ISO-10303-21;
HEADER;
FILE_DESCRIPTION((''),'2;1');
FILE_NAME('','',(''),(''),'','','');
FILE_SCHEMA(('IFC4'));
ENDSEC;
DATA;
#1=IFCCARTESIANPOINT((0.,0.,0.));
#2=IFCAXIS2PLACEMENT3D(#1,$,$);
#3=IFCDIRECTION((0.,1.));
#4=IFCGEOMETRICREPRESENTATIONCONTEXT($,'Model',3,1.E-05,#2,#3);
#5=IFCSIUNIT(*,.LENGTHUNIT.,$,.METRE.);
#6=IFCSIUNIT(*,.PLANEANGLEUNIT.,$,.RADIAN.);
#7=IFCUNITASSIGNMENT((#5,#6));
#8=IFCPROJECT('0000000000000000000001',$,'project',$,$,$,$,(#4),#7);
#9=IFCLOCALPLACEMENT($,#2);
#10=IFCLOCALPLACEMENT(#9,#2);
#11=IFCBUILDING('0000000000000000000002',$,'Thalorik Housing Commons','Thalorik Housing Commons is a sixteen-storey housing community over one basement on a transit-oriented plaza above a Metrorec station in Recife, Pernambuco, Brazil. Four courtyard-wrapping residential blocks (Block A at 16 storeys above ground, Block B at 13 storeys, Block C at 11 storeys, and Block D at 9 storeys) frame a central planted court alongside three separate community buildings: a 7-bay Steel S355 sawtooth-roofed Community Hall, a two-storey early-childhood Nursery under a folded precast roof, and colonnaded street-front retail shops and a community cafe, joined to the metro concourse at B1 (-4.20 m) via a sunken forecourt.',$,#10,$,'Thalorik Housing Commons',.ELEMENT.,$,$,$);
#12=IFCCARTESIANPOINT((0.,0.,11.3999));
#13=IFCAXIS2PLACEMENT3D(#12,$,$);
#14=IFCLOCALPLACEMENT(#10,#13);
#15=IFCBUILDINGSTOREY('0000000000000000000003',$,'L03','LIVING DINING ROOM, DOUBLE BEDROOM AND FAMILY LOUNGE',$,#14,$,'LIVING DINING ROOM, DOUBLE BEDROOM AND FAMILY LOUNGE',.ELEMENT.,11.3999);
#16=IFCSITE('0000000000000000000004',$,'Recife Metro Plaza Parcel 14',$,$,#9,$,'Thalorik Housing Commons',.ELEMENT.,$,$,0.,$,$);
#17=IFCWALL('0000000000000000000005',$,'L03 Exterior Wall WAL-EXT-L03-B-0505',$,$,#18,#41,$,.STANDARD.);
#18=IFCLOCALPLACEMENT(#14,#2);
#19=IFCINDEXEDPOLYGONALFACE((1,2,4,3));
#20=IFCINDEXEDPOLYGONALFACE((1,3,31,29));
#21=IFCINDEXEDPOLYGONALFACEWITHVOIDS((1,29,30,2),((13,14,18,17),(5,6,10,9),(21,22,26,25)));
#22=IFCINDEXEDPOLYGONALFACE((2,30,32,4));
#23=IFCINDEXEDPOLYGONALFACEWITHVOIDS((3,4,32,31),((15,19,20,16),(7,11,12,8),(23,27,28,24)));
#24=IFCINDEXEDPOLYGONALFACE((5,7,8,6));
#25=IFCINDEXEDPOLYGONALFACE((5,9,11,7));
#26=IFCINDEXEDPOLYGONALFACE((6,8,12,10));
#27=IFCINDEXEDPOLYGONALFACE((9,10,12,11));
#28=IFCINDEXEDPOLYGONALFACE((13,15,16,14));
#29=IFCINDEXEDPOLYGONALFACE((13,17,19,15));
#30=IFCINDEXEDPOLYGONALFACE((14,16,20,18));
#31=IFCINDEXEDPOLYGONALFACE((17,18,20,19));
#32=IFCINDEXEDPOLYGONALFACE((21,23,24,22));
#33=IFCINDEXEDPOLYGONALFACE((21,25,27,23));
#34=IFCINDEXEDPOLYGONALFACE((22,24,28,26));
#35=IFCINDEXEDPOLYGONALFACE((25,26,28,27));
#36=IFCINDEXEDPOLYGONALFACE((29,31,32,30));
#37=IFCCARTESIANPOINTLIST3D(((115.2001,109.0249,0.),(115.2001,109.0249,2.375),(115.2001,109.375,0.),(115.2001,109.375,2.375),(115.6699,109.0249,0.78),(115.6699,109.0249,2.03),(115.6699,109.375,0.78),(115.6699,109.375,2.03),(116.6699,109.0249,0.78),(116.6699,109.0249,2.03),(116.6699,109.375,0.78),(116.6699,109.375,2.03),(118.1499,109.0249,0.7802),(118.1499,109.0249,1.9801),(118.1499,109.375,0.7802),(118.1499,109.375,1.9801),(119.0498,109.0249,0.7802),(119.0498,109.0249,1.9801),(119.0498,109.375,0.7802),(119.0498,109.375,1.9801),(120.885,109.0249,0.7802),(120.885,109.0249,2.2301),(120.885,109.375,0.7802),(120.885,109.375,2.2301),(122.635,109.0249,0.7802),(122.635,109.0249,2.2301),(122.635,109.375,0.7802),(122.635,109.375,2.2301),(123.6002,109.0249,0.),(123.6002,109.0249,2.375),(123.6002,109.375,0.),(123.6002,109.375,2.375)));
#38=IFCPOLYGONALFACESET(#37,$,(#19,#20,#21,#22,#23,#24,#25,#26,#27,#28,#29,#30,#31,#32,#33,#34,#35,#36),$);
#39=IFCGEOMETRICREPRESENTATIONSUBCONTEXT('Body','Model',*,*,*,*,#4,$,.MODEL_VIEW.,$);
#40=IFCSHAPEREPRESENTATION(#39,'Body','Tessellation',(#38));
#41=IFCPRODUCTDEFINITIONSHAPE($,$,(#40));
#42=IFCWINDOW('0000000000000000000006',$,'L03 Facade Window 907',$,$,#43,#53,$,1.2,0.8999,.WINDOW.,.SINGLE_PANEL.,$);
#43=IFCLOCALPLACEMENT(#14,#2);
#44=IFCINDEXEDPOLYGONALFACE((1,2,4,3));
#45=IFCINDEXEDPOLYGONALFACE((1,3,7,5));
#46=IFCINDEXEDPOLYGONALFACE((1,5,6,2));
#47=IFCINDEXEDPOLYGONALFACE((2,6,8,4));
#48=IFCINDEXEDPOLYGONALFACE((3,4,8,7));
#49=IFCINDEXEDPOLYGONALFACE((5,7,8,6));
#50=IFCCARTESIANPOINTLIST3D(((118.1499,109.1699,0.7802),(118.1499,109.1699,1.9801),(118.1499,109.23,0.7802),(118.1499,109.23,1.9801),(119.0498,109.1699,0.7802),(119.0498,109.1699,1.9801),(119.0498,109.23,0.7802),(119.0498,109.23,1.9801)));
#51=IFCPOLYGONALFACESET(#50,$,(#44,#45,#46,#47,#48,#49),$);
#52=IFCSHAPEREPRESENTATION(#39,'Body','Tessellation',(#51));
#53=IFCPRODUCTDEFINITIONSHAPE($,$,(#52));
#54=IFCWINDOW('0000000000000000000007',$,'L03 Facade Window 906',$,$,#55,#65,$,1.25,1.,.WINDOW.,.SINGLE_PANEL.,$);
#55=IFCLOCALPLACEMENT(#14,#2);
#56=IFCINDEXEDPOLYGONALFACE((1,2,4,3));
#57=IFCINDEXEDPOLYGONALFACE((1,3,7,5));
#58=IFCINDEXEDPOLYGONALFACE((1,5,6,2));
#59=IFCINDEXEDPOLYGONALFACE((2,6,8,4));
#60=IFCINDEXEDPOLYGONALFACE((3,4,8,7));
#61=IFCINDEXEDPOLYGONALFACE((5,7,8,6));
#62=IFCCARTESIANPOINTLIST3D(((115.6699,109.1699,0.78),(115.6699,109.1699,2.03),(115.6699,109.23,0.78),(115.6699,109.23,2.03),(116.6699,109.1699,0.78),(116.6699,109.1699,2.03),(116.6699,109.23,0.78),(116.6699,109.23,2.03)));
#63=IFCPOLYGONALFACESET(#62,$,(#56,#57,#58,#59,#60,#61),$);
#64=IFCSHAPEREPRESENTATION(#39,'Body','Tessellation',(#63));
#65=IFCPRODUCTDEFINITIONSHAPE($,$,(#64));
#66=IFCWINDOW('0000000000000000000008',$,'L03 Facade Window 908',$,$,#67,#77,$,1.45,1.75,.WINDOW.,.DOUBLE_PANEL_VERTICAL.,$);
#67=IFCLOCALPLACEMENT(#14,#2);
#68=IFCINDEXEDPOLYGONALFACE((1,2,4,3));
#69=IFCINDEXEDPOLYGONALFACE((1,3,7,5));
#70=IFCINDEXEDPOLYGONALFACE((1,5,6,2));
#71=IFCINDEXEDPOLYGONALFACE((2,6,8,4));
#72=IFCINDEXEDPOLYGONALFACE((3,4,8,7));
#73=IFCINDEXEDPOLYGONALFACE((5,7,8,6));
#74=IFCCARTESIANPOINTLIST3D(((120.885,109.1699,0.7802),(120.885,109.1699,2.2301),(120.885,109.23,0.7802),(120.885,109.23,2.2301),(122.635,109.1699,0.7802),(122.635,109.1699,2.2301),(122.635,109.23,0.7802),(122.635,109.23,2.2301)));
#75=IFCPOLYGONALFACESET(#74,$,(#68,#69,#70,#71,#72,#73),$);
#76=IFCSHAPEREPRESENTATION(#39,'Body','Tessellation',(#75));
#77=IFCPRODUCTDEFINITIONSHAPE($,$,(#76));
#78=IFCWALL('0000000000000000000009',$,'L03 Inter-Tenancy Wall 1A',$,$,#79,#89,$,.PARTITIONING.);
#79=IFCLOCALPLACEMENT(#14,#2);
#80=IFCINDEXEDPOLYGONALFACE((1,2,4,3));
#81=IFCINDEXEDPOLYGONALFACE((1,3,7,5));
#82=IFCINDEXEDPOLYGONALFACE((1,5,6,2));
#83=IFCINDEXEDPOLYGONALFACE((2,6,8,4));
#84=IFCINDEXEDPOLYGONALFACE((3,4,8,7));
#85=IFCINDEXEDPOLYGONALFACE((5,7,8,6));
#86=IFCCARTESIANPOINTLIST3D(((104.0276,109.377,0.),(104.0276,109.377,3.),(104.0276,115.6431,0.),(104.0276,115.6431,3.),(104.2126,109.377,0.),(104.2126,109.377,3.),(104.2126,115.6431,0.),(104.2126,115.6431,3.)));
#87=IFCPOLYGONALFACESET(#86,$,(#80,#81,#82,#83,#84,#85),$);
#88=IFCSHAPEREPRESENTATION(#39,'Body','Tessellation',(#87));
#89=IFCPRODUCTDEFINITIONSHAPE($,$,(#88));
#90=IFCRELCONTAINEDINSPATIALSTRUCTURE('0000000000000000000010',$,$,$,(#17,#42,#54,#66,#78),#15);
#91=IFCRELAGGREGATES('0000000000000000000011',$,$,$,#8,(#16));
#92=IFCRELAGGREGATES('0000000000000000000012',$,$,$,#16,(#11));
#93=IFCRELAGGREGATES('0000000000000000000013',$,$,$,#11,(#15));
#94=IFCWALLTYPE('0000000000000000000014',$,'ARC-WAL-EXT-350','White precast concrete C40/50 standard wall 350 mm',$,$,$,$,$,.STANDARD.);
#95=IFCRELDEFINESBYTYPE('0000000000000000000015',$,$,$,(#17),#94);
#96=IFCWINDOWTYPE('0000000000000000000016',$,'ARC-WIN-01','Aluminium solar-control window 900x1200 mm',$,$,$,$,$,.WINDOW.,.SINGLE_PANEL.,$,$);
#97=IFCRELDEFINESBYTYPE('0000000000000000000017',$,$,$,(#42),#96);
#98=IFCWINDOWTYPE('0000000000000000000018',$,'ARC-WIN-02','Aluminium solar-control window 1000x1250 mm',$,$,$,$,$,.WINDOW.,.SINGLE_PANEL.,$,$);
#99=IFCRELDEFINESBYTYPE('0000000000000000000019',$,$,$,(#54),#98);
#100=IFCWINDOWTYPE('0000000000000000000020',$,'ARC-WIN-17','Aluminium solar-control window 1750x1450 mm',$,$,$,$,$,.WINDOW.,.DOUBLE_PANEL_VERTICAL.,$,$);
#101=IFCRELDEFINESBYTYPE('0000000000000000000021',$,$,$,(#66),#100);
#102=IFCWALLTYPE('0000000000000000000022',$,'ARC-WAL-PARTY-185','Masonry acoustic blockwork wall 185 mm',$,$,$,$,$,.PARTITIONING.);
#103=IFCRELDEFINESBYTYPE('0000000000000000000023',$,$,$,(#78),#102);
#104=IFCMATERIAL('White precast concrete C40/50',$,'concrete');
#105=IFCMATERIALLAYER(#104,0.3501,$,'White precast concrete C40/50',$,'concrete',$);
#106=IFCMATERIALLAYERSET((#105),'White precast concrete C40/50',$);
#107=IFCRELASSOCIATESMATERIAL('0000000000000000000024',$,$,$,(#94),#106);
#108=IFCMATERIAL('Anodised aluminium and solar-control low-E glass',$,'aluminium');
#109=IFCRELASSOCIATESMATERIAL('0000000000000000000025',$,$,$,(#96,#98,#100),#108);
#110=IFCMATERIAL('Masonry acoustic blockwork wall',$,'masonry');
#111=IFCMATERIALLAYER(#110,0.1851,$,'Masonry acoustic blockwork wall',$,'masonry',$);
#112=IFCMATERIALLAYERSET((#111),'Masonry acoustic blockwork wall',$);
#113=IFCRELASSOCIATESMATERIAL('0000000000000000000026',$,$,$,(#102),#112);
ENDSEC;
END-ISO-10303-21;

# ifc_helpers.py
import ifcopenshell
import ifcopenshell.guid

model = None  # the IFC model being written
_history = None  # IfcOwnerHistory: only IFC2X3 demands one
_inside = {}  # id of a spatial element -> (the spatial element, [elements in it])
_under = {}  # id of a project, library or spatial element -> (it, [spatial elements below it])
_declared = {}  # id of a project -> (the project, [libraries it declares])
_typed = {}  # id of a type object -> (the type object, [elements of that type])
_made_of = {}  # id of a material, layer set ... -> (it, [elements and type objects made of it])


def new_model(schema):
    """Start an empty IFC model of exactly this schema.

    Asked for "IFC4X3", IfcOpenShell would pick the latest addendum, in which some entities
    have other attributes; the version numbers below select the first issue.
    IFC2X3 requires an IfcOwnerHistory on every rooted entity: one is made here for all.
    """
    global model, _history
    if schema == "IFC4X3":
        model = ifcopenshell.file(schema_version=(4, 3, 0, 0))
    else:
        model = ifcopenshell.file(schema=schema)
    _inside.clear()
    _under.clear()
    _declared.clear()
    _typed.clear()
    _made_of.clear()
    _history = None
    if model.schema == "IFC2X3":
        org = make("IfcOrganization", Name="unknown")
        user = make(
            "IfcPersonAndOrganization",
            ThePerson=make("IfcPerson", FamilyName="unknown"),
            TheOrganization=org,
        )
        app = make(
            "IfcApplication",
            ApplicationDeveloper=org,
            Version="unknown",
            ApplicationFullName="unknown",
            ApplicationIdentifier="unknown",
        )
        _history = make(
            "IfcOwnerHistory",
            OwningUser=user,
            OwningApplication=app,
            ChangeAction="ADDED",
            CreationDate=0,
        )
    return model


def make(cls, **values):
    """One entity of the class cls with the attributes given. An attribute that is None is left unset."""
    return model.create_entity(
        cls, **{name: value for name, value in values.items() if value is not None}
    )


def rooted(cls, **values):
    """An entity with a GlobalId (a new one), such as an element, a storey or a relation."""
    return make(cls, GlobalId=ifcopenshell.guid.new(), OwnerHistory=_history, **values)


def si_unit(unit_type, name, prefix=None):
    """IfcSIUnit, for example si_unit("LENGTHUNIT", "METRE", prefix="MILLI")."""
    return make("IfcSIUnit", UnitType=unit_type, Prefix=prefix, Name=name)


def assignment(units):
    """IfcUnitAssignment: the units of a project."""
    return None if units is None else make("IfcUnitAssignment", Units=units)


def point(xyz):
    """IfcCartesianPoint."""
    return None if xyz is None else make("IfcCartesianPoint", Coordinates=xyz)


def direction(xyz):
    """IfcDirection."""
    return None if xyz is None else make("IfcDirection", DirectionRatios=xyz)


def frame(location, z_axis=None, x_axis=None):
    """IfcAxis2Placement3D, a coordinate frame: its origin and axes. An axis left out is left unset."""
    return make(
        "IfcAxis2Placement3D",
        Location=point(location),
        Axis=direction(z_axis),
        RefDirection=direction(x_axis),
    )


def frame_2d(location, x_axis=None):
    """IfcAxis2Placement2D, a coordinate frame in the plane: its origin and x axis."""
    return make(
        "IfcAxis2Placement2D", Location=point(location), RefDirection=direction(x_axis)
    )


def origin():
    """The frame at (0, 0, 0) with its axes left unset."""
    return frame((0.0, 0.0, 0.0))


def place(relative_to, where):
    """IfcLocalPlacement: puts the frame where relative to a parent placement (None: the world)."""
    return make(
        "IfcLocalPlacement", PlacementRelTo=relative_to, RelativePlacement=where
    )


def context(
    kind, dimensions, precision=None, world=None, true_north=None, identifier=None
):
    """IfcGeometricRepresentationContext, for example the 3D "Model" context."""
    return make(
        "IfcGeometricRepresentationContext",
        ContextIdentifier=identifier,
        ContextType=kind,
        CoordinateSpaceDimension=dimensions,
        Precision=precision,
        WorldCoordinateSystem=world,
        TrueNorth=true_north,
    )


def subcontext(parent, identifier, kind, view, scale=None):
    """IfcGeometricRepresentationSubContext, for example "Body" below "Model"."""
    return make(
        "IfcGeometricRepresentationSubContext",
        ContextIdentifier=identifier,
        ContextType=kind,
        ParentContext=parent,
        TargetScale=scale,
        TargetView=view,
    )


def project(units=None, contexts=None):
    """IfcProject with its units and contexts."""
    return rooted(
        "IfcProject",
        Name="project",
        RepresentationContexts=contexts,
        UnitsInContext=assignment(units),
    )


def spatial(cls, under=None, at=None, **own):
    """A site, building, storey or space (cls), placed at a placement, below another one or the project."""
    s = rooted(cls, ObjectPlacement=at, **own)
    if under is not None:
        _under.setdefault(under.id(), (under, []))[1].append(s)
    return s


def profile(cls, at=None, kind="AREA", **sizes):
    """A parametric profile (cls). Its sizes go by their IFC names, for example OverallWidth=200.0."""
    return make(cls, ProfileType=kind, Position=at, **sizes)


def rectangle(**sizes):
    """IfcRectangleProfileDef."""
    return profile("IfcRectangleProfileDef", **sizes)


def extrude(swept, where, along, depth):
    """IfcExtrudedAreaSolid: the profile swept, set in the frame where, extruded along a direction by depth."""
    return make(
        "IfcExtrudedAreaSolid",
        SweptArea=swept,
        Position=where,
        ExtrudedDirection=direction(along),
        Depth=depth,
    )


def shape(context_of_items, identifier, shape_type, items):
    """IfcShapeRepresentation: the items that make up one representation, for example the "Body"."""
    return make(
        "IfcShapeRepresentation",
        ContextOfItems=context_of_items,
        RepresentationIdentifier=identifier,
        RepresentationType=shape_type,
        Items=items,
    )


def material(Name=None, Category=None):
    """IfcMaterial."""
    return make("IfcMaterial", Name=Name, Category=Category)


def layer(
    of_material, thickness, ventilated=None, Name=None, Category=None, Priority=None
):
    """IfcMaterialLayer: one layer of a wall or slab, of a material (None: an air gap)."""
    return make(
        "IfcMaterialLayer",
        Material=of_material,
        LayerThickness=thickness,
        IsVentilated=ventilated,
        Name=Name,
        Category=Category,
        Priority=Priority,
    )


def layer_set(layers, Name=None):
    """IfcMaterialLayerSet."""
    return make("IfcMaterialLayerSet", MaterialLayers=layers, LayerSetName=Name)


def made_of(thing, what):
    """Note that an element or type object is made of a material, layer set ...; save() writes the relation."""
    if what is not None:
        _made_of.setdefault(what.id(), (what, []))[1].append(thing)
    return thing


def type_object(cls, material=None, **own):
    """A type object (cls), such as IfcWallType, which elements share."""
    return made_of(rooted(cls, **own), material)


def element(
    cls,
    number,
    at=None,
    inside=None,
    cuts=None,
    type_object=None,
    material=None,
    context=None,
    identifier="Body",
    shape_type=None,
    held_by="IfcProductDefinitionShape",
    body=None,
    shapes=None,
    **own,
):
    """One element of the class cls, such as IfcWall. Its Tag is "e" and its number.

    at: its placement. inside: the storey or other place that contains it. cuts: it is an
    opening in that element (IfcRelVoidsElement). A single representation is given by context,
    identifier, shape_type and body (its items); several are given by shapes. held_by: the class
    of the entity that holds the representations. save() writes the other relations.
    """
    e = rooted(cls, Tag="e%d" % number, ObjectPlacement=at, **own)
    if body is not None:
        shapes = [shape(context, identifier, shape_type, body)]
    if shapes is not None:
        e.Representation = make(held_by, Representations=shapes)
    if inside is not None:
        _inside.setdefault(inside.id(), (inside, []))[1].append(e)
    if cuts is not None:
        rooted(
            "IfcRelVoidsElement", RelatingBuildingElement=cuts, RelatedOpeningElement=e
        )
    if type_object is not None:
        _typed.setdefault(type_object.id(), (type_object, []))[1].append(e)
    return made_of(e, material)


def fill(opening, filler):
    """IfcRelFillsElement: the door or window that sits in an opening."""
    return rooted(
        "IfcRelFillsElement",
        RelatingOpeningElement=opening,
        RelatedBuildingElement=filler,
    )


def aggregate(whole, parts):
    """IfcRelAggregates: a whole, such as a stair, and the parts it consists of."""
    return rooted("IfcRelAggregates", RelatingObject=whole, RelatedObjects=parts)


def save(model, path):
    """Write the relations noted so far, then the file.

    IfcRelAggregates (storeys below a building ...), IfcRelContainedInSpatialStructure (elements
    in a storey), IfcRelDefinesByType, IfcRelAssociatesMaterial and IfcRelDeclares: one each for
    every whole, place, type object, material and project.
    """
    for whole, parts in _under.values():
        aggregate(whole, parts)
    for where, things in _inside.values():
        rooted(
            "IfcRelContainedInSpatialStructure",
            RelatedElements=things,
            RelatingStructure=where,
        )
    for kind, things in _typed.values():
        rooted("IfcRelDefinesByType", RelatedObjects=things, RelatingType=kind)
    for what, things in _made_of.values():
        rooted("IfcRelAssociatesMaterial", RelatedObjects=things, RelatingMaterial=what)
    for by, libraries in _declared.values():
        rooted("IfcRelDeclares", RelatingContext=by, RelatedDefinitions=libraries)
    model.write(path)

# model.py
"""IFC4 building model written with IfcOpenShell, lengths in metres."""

from ifc_helpers import new_model, si_unit, direction, frame, frame_2d, origin, place, context, subcontext, project, spatial, rectangle, extrude, material, layer, layer_set, type_object, element, fill, save


model = new_model("IFC4")

# Units and contexts
model_context = context("Model", 3, precision=1e-05, world=origin(), true_north=direction((0.0, 1.0)))
body_context = subcontext(model_context, "Body", "Model", "MODEL_VIEW")
ifc_project = project(units=[si_unit("LENGTHUNIT", "METRE"), si_unit("PLANEANGLEUNIT", "RADIAN")], contexts=[model_context])

# Site, building, storey
site_placement = place(None, origin())
site = spatial("IfcSite", under=ifc_project, at=site_placement, Name="Recife Metro Plaza Parcel 14", LongName="Thalorik Housing Commons", CompositionType="ELEMENT", RefElevation=0.0)
building_placement = place(site_placement, origin())
building = spatial("IfcBuilding", under=site, at=building_placement, Name="Thalorik Housing Commons", Description="Thalorik Housing Commons is a sixteen-storey housing community over one basement on a transit-oriented plaza above a Metrorec station in Recife, Pernambuco, Brazil. Four courtyard-wrapping residential blocks (Block A at 16 storeys above ground, Block B at 13 storeys, Block C at 11 storeys, and Block D at 9 storeys) frame a central planted court alongside three separate community buildings: a 7-bay Steel S355 sawtooth-roofed Community Hall, a two-storey early-childhood Nursery under a folded precast roof, and colonnaded street-front retail shops and a community cafe, joined to the metro concourse at B1 (-4.20 m) via a sunken forecourt.", LongName="Thalorik Housing Commons", CompositionType="ELEMENT")
storey_placement = place(building_placement, frame((0.0, 0.0, 11.3999)))
storey = spatial("IfcBuildingStorey", under=building, at=storey_placement, Name="L03", Description="LIVING DINING ROOM, DOUBLE BEDROOM AND FAMILY LOUNGE", LongName="LIVING DINING ROOM, DOUBLE BEDROOM AND FAMILY LOUNGE", CompositionType="ELEMENT", Elevation=11.3999)

# Wall, openings, windows
ifc_material_1 = material(Name="White precast concrete C40/50", Category="concrete")
ifc_layer_1 = layer(ifc_material_1, 0.3501, Name="White precast concrete C40/50", Category="concrete")
ifc_layer_set_1 = layer_set([ifc_layer_1], Name="White precast concrete C40/50")
wall_type_1 = type_object("IfcWallType", Name="ARC-WAL-EXT-350", Description="White precast concrete C40/50 standard wall 350 mm", PredefinedType="STANDARD", material=ifc_layer_set_1)
ifc_material_2 = material(Name="Anodised aluminium and solar-control low-E glass", Category="aluminium")
wall_1_placement = place(storey_placement, frame((115.2, 109.2, 0.0), z_axis=(0.0, 0.0, 1.0), x_axis=(1.0, 0.0, 0.0)))
wall_1 = element("IfcWall", 1, at=wall_1_placement, inside=storey, type_object=wall_type_1, Name="L03 Exterior Wall WAL-EXT-L03-B-0505", PredefinedType="STANDARD", context=body_context, shape_type="SweptSolid", body=[
    extrude(rectangle(XDim=8.4001, YDim=0.3501, at=frame_2d((4.2002, 0.0))), origin(), (0.0, 0.0, 1.0), 2.375),
])
opening_1_placement = place(wall_1_placement, frame((0.47, 0.0, 0.78)))
opening_1 = element("IfcOpeningElement", 2, at=opening_1_placement, cuts=wall_1, PredefinedType="OPENING", context=body_context, shape_type="SweptSolid", body=[
    extrude(rectangle(XDim=1.0, YDim=1.25, at=frame_2d((0.5, 0.625))), frame((0.0, 0.1851, 0.0), z_axis=(0.0, -1.0, 0.0), x_axis=(1.0, 0.0, 0.0)), (0.0, 0.0, 1.0), 0.3701),
])
opening_2_placement = place(wall_1_placement, frame((2.95, 0.0, 0.78)))
opening_2 = element("IfcOpeningElement", 3, at=opening_2_placement, cuts=wall_1, PredefinedType="OPENING", context=body_context, shape_type="SweptSolid", body=[
    extrude(rectangle(XDim=0.8999, YDim=1.2, at=frame_2d((0.45, 0.6001))), frame((0.0, 0.1851, 0.0), z_axis=(0.0, -1.0, 0.0), x_axis=(1.0, 0.0, 0.0)), (0.0, 0.0, 1.0), 0.3701),
])
opening_3_placement = place(wall_1_placement, frame((5.6851, 0.0, 0.78)))
opening_3 = element("IfcOpeningElement", 4, at=opening_3_placement, cuts=wall_1, PredefinedType="OPENING", context=body_context, shape_type="SweptSolid", body=[
    extrude(rectangle(XDim=1.75, YDim=1.45, at=frame_2d((0.875, 0.7251))), frame((0.0, 0.1851, 0.0), z_axis=(0.0, -1.0, 0.0), x_axis=(1.0, 0.0, 0.0)), (0.0, 0.0, 1.0), 0.3701),
])
window_type_1 = type_object("IfcWindowType", Name="ARC-WIN-01", Description="Aluminium solar-control window 900x1200 mm", PartitioningType="SINGLE_PANEL", PredefinedType="WINDOW", material=ifc_material_2)
window_1_placement = place(opening_2_placement, origin())
window_1 = element("IfcWindow", 5, at=window_1_placement, inside=storey, type_object=window_type_1, Name="L03 Facade Window 907", OverallHeight=1.2, OverallWidth=0.8999, PartitioningType="SINGLE_PANEL", PredefinedType="WINDOW", context=body_context, shape_type="SweptSolid", body=[
    extrude(rectangle(XDim=0.8999, YDim=1.2, at=frame_2d((0.45, 0.6001))), frame((0.0, 0.03, 0.0), z_axis=(0.0, -1.0, 0.0), x_axis=(1.0, 0.0, 0.0)), (0.0, 0.0, 1.0), 0.0601),
])
fill(opening_2, window_1)
window_type_2 = type_object("IfcWindowType", Name="ARC-WIN-02", Description="Aluminium solar-control window 1000x1250 mm", PartitioningType="SINGLE_PANEL", PredefinedType="WINDOW", material=ifc_material_2)
window_2_placement = place(opening_1_placement, origin())
window_2 = element("IfcWindow", 6, at=window_2_placement, inside=storey, type_object=window_type_2, Name="L03 Facade Window 906", OverallHeight=1.25, OverallWidth=1.0, PartitioningType="SINGLE_PANEL", PredefinedType="WINDOW", context=body_context, shape_type="SweptSolid", body=[
    extrude(rectangle(XDim=1.0, YDim=1.25, at=frame_2d((0.5, 0.625))), frame((0.0, 0.03, 0.0), z_axis=(0.0, -1.0, 0.0), x_axis=(1.0, 0.0, 0.0)), (0.0, 0.0, 1.0), 0.0601),
])
fill(opening_1, window_2)
window_type_3 = type_object("IfcWindowType", Name="ARC-WIN-17", Description="Aluminium solar-control window 1750x1450 mm", PartitioningType="DOUBLE_PANEL_VERTICAL", PredefinedType="WINDOW", material=ifc_material_2)
window_3_placement = place(opening_3_placement, origin())
window_3 = element("IfcWindow", 7, at=window_3_placement, inside=storey, type_object=window_type_3, Name="L03 Facade Window 908", OverallHeight=1.45, OverallWidth=1.75, PartitioningType="DOUBLE_PANEL_VERTICAL", PredefinedType="WINDOW", context=body_context, shape_type="SweptSolid", body=[
    extrude(rectangle(XDim=1.75, YDim=1.45, at=frame_2d((0.875, 0.7251))), frame((0.0, 0.03, 0.0), z_axis=(0.0, -1.0, 0.0), x_axis=(1.0, 0.0, 0.0)), (0.0, 0.0, 1.0), 0.0601),
])
fill(opening_3, window_3)

# Wall
ifc_material_3 = material(Name="Masonry acoustic blockwork wall", Category="masonry")
ifc_layer_2 = layer(ifc_material_3, 0.1851, Name="Masonry acoustic blockwork wall", Category="masonry")
ifc_layer_set_2 = layer_set([ifc_layer_2], Name="Masonry acoustic blockwork wall")
wall_type_2 = type_object("IfcWallType", Name="ARC-WAL-PARTY-185", Description="Masonry acoustic blockwork wall 185 mm", PredefinedType="PARTITIONING", material=ifc_layer_set_2)
wall_2_placement = place(storey_placement, frame((104.1201, 109.377, 0.0), z_axis=(0.0, 0.0, 1.0), x_axis=(0.0, 1.0, 0.0)))
element("IfcWall", 8, at=wall_2_placement, inside=storey, type_object=wall_type_2, Name="L03 Inter-Tenancy Wall 1A", PredefinedType="PARTITIONING", context=body_context, shape_type="SweptSolid", body=[
    extrude(rectangle(XDim=6.2661, YDim=0.1851, at=frame_2d((3.1331, 0.0))), origin(), (0.0, 0.0, 1.0), 3.0),
])

save(model, "model.ifc")
